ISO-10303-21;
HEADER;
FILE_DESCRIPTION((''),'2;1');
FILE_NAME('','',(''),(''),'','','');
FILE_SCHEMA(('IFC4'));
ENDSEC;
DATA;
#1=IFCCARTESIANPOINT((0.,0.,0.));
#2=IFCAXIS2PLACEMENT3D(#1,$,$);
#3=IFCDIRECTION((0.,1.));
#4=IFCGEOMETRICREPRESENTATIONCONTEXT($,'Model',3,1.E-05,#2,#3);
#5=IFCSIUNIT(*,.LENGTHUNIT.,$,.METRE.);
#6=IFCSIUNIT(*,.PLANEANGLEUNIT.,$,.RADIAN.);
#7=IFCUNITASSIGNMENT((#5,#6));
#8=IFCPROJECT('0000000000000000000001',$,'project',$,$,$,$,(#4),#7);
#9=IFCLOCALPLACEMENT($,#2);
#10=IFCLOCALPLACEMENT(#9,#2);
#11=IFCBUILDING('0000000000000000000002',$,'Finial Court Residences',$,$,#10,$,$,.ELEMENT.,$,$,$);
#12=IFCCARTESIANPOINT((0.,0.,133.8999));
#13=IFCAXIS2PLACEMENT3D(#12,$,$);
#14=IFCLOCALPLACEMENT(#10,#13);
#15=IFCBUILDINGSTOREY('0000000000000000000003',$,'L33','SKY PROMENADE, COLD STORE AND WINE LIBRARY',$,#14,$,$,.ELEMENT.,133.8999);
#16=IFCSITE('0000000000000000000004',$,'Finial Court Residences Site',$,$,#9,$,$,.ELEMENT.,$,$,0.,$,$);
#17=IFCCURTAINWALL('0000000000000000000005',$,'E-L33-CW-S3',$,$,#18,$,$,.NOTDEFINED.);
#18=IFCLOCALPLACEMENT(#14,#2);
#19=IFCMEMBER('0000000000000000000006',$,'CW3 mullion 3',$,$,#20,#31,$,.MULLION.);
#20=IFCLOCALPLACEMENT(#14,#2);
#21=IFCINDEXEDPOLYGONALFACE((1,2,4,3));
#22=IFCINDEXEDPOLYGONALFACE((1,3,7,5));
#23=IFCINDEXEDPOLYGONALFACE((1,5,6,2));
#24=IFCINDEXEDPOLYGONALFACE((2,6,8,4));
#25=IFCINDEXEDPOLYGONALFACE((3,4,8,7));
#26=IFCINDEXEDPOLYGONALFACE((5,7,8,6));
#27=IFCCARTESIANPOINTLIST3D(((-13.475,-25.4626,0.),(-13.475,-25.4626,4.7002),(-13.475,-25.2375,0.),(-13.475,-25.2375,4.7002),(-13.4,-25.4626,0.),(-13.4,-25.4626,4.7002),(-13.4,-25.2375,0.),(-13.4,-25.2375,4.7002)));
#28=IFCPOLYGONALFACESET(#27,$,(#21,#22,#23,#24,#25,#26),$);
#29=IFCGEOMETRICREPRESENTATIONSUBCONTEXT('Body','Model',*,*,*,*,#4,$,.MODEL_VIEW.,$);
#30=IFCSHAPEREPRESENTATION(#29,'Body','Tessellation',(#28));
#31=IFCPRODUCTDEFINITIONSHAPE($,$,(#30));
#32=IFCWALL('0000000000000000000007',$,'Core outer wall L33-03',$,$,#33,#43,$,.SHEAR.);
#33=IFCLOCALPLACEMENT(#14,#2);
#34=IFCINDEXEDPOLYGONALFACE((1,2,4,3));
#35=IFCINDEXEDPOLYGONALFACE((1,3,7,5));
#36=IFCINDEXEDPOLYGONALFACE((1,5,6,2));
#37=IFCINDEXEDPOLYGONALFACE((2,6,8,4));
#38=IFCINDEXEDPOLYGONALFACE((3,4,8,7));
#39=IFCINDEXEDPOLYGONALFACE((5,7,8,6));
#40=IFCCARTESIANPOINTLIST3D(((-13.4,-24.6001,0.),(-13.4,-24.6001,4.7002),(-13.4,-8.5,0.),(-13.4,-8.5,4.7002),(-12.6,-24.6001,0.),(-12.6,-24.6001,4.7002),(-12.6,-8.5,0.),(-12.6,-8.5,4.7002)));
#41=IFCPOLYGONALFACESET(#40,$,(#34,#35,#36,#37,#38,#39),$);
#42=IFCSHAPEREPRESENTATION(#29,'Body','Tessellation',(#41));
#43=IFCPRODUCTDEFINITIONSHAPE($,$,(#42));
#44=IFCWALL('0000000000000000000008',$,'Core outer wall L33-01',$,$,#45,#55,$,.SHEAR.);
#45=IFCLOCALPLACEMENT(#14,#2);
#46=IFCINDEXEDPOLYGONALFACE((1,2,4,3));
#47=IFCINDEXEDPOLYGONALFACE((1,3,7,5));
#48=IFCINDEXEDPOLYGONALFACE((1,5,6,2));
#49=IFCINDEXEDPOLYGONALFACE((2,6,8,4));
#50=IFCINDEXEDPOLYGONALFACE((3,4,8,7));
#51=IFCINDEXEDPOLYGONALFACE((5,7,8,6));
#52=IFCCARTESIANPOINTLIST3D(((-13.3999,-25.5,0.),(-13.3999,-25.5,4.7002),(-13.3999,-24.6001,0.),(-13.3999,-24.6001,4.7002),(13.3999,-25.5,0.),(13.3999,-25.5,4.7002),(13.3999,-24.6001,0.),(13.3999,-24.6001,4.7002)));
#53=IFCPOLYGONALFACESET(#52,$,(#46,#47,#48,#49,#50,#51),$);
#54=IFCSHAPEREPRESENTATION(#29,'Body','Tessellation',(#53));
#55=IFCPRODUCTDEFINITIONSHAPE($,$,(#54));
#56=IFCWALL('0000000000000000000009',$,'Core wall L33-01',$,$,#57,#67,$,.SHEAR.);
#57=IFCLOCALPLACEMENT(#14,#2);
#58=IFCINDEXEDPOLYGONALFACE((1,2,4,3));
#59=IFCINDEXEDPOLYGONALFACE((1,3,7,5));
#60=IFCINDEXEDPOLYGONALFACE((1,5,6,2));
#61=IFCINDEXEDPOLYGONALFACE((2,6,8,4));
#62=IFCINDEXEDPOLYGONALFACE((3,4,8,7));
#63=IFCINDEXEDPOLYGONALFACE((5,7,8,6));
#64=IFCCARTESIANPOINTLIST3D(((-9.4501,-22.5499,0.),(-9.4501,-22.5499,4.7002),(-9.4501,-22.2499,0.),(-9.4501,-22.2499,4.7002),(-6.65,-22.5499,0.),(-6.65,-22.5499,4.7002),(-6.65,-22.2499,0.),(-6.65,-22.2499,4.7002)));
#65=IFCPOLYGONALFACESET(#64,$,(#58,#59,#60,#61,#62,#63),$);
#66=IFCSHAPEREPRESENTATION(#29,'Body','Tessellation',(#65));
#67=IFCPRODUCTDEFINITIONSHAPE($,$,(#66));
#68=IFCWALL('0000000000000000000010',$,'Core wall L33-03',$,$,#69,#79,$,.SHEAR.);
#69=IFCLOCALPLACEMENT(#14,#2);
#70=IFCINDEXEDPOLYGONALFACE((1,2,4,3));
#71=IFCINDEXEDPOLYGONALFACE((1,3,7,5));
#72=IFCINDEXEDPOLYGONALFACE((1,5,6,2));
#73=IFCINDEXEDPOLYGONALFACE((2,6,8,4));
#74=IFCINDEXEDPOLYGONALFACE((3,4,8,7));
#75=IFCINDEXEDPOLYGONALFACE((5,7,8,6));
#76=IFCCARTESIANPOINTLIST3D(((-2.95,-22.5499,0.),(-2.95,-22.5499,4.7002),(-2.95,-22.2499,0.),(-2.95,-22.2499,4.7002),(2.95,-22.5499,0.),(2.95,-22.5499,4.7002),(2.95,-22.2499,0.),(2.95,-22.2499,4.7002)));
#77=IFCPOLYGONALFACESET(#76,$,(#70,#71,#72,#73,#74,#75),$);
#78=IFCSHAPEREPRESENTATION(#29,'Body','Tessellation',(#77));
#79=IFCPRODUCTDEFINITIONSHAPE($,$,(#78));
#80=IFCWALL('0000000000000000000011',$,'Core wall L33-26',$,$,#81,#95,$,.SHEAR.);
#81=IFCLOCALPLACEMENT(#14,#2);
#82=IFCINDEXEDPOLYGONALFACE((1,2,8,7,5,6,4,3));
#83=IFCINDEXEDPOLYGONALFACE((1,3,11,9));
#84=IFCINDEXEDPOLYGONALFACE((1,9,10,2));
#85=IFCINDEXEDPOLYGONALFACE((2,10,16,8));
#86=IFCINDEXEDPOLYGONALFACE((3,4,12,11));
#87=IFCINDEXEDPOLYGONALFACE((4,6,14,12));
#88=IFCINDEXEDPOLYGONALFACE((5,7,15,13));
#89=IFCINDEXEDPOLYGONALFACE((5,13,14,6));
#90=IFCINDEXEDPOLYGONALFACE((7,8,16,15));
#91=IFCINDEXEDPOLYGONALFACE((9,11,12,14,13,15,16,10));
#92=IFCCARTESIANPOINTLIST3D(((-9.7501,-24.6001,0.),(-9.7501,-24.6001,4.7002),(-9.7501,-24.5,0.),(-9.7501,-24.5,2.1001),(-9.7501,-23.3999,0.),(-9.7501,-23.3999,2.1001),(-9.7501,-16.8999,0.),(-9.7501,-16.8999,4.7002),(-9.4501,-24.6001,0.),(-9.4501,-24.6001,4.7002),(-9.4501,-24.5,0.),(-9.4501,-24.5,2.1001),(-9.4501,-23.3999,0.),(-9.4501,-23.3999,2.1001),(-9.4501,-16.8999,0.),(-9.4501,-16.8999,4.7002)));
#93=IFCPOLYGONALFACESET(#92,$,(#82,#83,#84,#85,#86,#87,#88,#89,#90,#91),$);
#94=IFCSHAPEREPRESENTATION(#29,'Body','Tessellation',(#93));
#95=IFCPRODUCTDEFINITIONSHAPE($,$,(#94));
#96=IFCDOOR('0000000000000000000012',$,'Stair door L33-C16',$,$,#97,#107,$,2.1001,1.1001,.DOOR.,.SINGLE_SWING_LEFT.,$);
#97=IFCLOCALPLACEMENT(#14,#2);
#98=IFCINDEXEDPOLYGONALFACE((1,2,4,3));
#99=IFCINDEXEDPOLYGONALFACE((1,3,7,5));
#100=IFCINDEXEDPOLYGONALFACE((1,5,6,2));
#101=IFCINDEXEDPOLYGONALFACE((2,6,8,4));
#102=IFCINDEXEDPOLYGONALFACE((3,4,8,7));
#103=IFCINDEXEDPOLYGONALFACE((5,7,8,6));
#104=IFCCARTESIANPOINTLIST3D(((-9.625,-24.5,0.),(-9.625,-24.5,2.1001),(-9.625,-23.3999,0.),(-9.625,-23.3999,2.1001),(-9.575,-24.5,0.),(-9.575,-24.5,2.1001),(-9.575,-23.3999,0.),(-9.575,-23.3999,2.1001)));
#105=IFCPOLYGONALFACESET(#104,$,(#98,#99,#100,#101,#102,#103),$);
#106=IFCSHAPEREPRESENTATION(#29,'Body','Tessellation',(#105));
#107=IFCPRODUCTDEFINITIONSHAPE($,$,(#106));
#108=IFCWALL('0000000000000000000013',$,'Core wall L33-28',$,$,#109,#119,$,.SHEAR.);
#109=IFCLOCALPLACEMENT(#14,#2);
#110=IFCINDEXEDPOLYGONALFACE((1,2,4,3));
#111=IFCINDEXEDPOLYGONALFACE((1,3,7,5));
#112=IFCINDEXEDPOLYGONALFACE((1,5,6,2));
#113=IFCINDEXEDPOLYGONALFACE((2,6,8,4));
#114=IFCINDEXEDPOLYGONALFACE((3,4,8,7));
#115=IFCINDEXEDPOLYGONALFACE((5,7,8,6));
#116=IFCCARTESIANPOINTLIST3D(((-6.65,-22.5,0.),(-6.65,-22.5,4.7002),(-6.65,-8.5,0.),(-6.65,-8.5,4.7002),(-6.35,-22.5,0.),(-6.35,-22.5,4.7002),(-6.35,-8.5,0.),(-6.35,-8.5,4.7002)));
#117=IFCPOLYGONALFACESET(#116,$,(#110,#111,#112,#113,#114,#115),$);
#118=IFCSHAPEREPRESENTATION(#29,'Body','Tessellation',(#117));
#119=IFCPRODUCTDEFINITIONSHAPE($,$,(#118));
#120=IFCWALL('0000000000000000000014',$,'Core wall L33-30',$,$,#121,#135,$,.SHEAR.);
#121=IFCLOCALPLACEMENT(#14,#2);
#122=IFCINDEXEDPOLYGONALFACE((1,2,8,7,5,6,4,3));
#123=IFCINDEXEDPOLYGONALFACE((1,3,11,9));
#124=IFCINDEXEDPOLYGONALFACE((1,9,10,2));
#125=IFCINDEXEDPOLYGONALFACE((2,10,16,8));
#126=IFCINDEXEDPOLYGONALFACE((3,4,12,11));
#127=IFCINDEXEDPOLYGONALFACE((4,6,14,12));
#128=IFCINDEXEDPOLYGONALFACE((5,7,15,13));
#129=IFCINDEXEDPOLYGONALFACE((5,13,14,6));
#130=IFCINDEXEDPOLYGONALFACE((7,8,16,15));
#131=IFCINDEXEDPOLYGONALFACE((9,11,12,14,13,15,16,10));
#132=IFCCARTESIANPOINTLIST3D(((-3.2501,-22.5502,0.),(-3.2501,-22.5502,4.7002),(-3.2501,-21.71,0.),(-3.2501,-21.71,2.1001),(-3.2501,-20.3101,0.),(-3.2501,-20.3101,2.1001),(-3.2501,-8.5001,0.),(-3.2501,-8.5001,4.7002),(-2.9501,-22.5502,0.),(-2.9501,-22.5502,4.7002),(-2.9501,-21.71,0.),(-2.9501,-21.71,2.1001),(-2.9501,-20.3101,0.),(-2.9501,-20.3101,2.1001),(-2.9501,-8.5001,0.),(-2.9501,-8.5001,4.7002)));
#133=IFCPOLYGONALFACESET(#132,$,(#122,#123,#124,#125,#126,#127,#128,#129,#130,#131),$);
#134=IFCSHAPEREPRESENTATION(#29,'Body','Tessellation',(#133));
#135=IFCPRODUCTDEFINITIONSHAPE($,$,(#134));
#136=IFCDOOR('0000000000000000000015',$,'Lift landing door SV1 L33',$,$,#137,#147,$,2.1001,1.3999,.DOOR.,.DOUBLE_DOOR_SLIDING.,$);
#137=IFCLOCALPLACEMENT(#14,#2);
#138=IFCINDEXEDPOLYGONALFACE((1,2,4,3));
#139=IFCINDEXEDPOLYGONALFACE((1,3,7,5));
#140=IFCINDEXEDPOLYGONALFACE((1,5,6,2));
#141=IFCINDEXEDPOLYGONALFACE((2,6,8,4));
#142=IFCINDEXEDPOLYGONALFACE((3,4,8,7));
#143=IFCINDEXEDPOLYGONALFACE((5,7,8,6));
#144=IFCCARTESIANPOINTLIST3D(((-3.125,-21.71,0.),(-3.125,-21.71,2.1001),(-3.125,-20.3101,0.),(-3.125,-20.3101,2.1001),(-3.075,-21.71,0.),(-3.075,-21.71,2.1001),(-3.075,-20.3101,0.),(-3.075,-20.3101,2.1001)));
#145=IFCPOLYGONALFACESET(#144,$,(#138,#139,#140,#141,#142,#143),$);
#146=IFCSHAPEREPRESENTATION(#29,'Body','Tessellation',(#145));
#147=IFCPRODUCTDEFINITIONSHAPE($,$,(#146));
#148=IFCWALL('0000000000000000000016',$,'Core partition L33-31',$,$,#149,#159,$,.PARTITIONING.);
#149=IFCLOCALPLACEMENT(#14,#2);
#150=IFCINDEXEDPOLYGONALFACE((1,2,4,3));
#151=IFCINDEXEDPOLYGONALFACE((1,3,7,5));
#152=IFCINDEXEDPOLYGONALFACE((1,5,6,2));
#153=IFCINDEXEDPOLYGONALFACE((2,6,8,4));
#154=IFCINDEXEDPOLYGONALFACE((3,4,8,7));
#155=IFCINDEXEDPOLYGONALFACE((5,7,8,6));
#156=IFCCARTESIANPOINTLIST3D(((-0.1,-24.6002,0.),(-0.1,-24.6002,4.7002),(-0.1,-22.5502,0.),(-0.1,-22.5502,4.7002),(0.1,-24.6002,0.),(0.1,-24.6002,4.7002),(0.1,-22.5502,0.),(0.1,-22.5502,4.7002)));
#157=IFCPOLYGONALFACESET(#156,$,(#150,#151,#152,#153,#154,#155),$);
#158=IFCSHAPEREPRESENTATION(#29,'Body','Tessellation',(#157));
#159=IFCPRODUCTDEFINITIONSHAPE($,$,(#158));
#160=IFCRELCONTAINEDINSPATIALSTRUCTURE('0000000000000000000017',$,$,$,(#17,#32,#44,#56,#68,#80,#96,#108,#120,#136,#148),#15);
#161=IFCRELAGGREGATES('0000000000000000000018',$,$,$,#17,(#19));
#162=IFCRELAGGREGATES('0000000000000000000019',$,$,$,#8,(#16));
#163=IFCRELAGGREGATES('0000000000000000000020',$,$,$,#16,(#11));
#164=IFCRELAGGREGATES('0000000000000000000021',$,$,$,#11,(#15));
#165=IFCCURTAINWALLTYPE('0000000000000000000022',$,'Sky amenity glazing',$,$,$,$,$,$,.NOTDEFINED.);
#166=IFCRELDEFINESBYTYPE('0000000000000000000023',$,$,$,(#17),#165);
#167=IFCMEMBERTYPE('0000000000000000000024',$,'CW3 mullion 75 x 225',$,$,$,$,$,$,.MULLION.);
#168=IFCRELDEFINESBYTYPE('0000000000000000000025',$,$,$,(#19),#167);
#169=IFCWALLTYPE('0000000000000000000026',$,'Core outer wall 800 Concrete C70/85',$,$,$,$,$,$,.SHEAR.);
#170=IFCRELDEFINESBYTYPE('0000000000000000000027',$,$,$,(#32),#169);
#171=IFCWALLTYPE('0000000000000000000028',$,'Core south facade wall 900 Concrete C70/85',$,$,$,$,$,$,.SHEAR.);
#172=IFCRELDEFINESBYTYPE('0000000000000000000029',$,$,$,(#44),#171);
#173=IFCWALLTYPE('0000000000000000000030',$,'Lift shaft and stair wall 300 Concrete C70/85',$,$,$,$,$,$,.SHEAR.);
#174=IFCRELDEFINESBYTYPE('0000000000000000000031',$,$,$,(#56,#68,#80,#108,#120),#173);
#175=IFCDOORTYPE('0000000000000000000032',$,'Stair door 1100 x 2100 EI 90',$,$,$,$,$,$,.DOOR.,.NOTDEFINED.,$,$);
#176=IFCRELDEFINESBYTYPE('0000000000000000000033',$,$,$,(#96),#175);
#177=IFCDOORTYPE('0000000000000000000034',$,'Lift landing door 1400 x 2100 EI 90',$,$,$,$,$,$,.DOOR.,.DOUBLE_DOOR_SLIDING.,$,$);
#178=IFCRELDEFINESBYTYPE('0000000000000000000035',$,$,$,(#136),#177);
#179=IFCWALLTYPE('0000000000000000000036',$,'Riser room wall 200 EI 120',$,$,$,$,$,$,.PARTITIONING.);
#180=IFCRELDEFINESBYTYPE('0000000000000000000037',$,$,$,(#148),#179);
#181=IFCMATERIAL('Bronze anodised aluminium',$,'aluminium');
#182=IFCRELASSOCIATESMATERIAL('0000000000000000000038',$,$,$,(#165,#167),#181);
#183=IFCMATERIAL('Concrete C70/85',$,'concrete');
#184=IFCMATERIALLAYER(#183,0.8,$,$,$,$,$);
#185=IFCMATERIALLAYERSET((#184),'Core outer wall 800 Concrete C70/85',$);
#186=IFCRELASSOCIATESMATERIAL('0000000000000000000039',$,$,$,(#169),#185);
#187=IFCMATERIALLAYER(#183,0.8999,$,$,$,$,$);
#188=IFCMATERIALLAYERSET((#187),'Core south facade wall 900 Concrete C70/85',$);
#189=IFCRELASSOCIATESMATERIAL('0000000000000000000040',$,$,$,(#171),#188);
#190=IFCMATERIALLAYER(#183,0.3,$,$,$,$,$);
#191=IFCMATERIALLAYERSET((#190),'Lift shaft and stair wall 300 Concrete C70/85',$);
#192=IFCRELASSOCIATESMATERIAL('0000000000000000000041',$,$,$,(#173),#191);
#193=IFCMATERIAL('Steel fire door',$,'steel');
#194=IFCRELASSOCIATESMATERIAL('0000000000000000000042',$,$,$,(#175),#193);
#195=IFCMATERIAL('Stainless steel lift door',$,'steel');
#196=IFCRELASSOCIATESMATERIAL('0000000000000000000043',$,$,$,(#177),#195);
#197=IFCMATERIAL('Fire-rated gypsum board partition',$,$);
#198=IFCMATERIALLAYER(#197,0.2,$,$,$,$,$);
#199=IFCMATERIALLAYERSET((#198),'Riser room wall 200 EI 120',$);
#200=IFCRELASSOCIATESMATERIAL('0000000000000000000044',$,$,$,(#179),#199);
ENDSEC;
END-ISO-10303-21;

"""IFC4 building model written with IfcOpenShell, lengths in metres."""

from ifc_helpers import new_model, si_unit, direction, frame, frame_2d, origin, origin_2d, place, context, subcontext, project, spatial, rectangle, extrude, material, layer, layer_set, material_profile, profile_set, type_object, element, fill, aggregate, save


model = new_model("IFC4")

# Units and contexts
model_context = context("Model", 3, precision=1e-05, world=origin(), true_north=direction((0.0, 1.0)))
body_context = subcontext(model_context, "Body", "Model", "MODEL_VIEW")
ifc_project = project(units=[si_unit("LENGTHUNIT", "METRE"), si_unit("PLANEANGLEUNIT", "RADIAN")], contexts=[model_context])

# Site, building, storey
site_placement = place(None, origin())
site = spatial("IfcSite", under=ifc_project, at=site_placement, Name="Finial Court Residences Site", CompositionType="ELEMENT", RefElevation=0.0)
building_placement = place(site_placement, origin())
building = spatial("IfcBuilding", under=site, at=building_placement, Name="Finial Court Residences", CompositionType="ELEMENT")
storey_placement = place(building_placement, frame((0.0, 0.0, 133.8999)))
storey = spatial("IfcBuildingStorey", under=building, at=storey_placement, Name="L33", Description="SKY PROMENADE, COLD STORE AND WINE LIBRARY", CompositionType="ELEMENT", Elevation=133.8999)

# Curtain wall, member
ifc_material_1 = material(Name="Bronze anodised aluminium", Category="aluminium")
curtain_wall_type = type_object("IfcCurtainWallType", Name="Sky amenity glazing", PredefinedType="NOTDEFINED", material=ifc_material_1)
curtain_wall_placement = place(storey_placement, origin())
curtain_wall = element("IfcCurtainWall", 1, at=curtain_wall_placement, inside=storey, type_object=curtain_wall_type, Name="E-L33-CW-S3", PredefinedType="NOTDEFINED")
ifc_material_profile = material_profile(ifc_material_1, rectangle(XDim=0.2251, YDim=0.075, at=origin_2d()), Name="CW3 mullion 75 x 225")
ifc_profile_set = profile_set([ifc_material_profile], Name="Bronze anodised aluminium")
member_type = type_object("IfcMemberType", Name="CW3 mullion 75 x 225", PredefinedType="MULLION", material=ifc_profile_set)
member_placement = place(storey_placement, frame((-13.4375, -25.3501, 0.0), z_axis=(0.0, 0.0, 1.0), x_axis=(0.0, 1.0, 0.0)))
member = element("IfcMember", 2, at=member_placement, type_object=member_type, Name="CW3 mullion 3", PredefinedType="MULLION", context=body_context, shape_type="SweptSolid", body=[
    extrude(rectangle(XDim=0.2251, YDim=0.075, at=origin_2d()), origin(), (0.0, 0.0, 1.0), 4.7002),
])
aggregate(curtain_wall, [member])

# Walls
ifc_material_2 = material(Name="Concrete C70/85", Category="concrete")
ifc_layer_1 = layer(ifc_material_2, 0.8)
ifc_layer_set_1 = layer_set([ifc_layer_1], Name="Core outer wall 800 Concrete C70/85")
wall_type_1 = type_object("IfcWallType", Name="Core outer wall 800 Concrete C70/85", PredefinedType="SHEAR", material=ifc_layer_set_1)
wall_1_placement = place(storey_placement, frame((-13.0, -24.6001, 0.0), z_axis=(0.0, 0.0, 1.0), x_axis=(0.0, 1.0, 0.0)))
element("IfcWall", 3, at=wall_1_placement, inside=storey, type_object=wall_type_1, Name="Core outer wall L33-03", PredefinedType="SHEAR", context=body_context, shape_type="SweptSolid", body=[
    extrude(rectangle(XDim=16.1001, YDim=0.8, at=frame_2d((8.05, 0.0))), origin(), (0.0, 0.0, 1.0), 4.7002),
])
ifc_layer_2 = layer(ifc_material_2, 0.8999)
ifc_layer_set_2 = layer_set([ifc_layer_2], Name="Core south facade wall 900 Concrete C70/85")
wall_type_2 = type_object("IfcWallType", Name="Core south facade wall 900 Concrete C70/85", PredefinedType="SHEAR", material=ifc_layer_set_2)
wall_2_placement = place(storey_placement, frame((-13.3999, -25.05, 0.0), z_axis=(0.0, 0.0, 1.0), x_axis=(1.0, 0.0, 0.0)))
element("IfcWall", 4, at=wall_2_placement, inside=storey, type_object=wall_type_2, Name="Core outer wall L33-01", PredefinedType="SHEAR", context=body_context, shape_type="SweptSolid", body=[
    extrude(rectangle(XDim=26.7998, YDim=0.8999, at=frame_2d((13.3999, 0.0))), origin(), (0.0, 0.0, 1.0), 4.7002),
])
ifc_layer_3 = layer(ifc_material_2, 0.3)
ifc_layer_set_3 = layer_set([ifc_layer_3], Name="Lift shaft and stair wall 300 Concrete C70/85")
wall_type_3 = type_object("IfcWallType", Name="Lift shaft and stair wall 300 Concrete C70/85", PredefinedType="SHEAR", material=ifc_layer_set_3)
wall_3_placement = place(storey_placement, frame((-9.45, -22.3999, 0.0), z_axis=(0.0, 0.0, 1.0), x_axis=(1.0, 0.0, 0.0)))
element("IfcWall", 5, at=wall_3_placement, inside=storey, type_object=wall_type_3, Name="Core wall L33-01", PredefinedType="SHEAR", context=body_context, shape_type="SweptSolid", body=[
    extrude(rectangle(XDim=2.8, YDim=0.3, at=frame_2d((1.3999, 0.0))), origin(), (0.0, 0.0, 1.0), 4.7002),
])
wall_4_placement = place(storey_placement, frame((-2.95, -22.3999, 0.0), z_axis=(0.0, 0.0, 1.0), x_axis=(1.0, 0.0, 0.0)))
element("IfcWall", 6, at=wall_4_placement, inside=storey, type_object=wall_type_3, Name="Core wall L33-03", PredefinedType="SHEAR", context=body_context, shape_type="SweptSolid", body=[
    extrude(rectangle(XDim=5.8999, YDim=0.3, at=frame_2d((2.95, 0.0))), origin(), (0.0, 0.0, 1.0), 4.7002),
])

# Wall, opening, door
wall_5_placement = place(storey_placement, frame((-9.6001, -24.6001, 0.0), z_axis=(0.0, 0.0, 1.0), x_axis=(0.0, 1.0, 0.0)))
wall_5 = element("IfcWall", 7, at=wall_5_placement, inside=storey, type_object=wall_type_3, Name="Core wall L33-26", PredefinedType="SHEAR", context=body_context, shape_type="SweptSolid", body=[
    extrude(rectangle(XDim=7.7002, YDim=0.3, at=frame_2d((3.8501, 0.0))), origin(), (0.0, 0.0, 1.0), 4.7002),
])
opening_1_placement = place(wall_5_placement, frame((0.1001, 0.0, 0.0)))
opening_1 = element("IfcOpeningElement", 8, at=opening_1_placement, cuts=wall_5, PredefinedType="OPENING", context=body_context, shape_type="SweptSolid", body=[
    extrude(rectangle(XDim=1.1001, YDim=2.1001, at=frame_2d((0.55, 1.05))), frame((0.0, 0.1599, 0.0), z_axis=(0.0, -1.0, 0.0), x_axis=(1.0, 0.0, 0.0)), (0.0, 0.0, 1.0), 0.3201),
])
ifc_material_3 = material(Name="Steel fire door", Category="steel")
door_type_1 = type_object("IfcDoorType", Name="Stair door 1100 x 2100 EI 90", OperationType="NOTDEFINED", PredefinedType="DOOR", material=ifc_material_3)
door_1_placement = place(opening_1_placement, origin())
door_1 = element("IfcDoor", 9, at=door_1_placement, inside=storey, type_object=door_type_1, Name="Stair door L33-C16", OperationType="SINGLE_SWING_LEFT", OverallHeight=2.1001, OverallWidth=1.1001, PredefinedType="DOOR", context=body_context, shape_type="SweptSolid", body=[
    extrude(rectangle(XDim=1.1001, YDim=2.1001, at=frame_2d((0.55, 1.05))), frame((0.0, 0.0249, 0.0), z_axis=(0.0, -1.0, 0.0), x_axis=(1.0, 0.0, 0.0)), (0.0, 0.0, 1.0), 0.05),
])
fill(opening_1, door_1)

# Wall
wall_6_placement = place(storey_placement, frame((-6.5, -22.5, 0.0), z_axis=(0.0, 0.0, 1.0), x_axis=(0.0, 1.0, 0.0)))
element("IfcWall", 10, at=wall_6_placement, inside=storey, type_object=wall_type_3, Name="Core wall L33-28", PredefinedType="SHEAR", context=body_context, shape_type="SweptSolid", body=[
    extrude(rectangle(XDim=14.0, YDim=0.3, at=frame_2d((7.0, 0.0))), origin(), (0.0, 0.0, 1.0), 4.7002),
])

# Wall, opening, door
wall_7_placement = place(storey_placement, frame((-3.1001, -22.55, 0.0), z_axis=(0.0, 0.0, 1.0), x_axis=(0.0, 1.0, 0.0)))
wall_7 = element("IfcWall", 11, at=wall_7_placement, inside=storey, type_object=wall_type_3, Name="Core wall L33-30", PredefinedType="SHEAR", context=body_context, shape_type="SweptSolid", body=[
    extrude(rectangle(XDim=14.05, YDim=0.3, at=frame_2d((7.0249, 0.0))), origin(), (0.0, 0.0, 1.0), 4.7002),
])
opening_2_placement = place(wall_7_placement, frame((0.8401, 0.0, 0.0)))
opening_2 = element("IfcOpeningElement", 12, at=opening_2_placement, cuts=wall_7, PredefinedType="OPENING", context=body_context, shape_type="SweptSolid", body=[
    extrude(rectangle(XDim=1.3999, YDim=2.1001, at=frame_2d((0.7, 1.05))), frame((0.0, 0.1599, 0.0), z_axis=(0.0, -1.0, 0.0), x_axis=(1.0, 0.0, 0.0)), (0.0, 0.0, 1.0), 0.3201),
])
ifc_material_4 = material(Name="Stainless steel lift door", Category="steel")
door_type_2 = type_object("IfcDoorType", Name="Lift landing door 1400 x 2100 EI 90", OperationType="DOUBLE_DOOR_SLIDING", PredefinedType="DOOR", material=ifc_material_4)
door_2_placement = place(opening_2_placement, origin())
door_2 = element("IfcDoor", 13, at=door_2_placement, inside=storey, type_object=door_type_2, Name="Lift landing door SV1 L33", OperationType="DOUBLE_DOOR_SLIDING", OverallHeight=2.1001, OverallWidth=1.3999, PredefinedType="DOOR", context=body_context, shape_type="SweptSolid", body=[
    extrude(rectangle(XDim=1.3999, YDim=2.1001, at=frame_2d((0.7, 1.05))), frame((0.0, 0.0249, 0.0), z_axis=(0.0, -1.0, 0.0), x_axis=(1.0, 0.0, 0.0)), (0.0, 0.0, 1.0), 0.05),
])
fill(opening_2, door_2)

# Wall
ifc_material_5 = material(Name="Fire-rated gypsum board partition")
ifc_layer_4 = layer(ifc_material_5, 0.2)
ifc_layer_set_4 = layer_set([ifc_layer_4], Name="Riser room wall 200 EI 120")
wall_type_4 = type_object("IfcWallType", Name="Riser room wall 200 EI 120", PredefinedType="PARTITIONING", material=ifc_layer_set_4)
wall_8_placement = place(storey_placement, frame((0.0, -24.6001, 0.0), z_axis=(0.0, 0.0, 1.0), x_axis=(0.0, 1.0, 0.0)))
element("IfcWall", 14, at=wall_8_placement, inside=storey, type_object=wall_type_4, Name="Core partition L33-31", PredefinedType="PARTITIONING", context=body_context, shape_type="SweptSolid", body=[
    extrude(rectangle(XDim=2.05, YDim=0.2, at=frame_2d((1.0249, 0.0))), origin(), (0.0, 0.0, 1.0), 4.7002),
])

save(model, "model.ifc")
